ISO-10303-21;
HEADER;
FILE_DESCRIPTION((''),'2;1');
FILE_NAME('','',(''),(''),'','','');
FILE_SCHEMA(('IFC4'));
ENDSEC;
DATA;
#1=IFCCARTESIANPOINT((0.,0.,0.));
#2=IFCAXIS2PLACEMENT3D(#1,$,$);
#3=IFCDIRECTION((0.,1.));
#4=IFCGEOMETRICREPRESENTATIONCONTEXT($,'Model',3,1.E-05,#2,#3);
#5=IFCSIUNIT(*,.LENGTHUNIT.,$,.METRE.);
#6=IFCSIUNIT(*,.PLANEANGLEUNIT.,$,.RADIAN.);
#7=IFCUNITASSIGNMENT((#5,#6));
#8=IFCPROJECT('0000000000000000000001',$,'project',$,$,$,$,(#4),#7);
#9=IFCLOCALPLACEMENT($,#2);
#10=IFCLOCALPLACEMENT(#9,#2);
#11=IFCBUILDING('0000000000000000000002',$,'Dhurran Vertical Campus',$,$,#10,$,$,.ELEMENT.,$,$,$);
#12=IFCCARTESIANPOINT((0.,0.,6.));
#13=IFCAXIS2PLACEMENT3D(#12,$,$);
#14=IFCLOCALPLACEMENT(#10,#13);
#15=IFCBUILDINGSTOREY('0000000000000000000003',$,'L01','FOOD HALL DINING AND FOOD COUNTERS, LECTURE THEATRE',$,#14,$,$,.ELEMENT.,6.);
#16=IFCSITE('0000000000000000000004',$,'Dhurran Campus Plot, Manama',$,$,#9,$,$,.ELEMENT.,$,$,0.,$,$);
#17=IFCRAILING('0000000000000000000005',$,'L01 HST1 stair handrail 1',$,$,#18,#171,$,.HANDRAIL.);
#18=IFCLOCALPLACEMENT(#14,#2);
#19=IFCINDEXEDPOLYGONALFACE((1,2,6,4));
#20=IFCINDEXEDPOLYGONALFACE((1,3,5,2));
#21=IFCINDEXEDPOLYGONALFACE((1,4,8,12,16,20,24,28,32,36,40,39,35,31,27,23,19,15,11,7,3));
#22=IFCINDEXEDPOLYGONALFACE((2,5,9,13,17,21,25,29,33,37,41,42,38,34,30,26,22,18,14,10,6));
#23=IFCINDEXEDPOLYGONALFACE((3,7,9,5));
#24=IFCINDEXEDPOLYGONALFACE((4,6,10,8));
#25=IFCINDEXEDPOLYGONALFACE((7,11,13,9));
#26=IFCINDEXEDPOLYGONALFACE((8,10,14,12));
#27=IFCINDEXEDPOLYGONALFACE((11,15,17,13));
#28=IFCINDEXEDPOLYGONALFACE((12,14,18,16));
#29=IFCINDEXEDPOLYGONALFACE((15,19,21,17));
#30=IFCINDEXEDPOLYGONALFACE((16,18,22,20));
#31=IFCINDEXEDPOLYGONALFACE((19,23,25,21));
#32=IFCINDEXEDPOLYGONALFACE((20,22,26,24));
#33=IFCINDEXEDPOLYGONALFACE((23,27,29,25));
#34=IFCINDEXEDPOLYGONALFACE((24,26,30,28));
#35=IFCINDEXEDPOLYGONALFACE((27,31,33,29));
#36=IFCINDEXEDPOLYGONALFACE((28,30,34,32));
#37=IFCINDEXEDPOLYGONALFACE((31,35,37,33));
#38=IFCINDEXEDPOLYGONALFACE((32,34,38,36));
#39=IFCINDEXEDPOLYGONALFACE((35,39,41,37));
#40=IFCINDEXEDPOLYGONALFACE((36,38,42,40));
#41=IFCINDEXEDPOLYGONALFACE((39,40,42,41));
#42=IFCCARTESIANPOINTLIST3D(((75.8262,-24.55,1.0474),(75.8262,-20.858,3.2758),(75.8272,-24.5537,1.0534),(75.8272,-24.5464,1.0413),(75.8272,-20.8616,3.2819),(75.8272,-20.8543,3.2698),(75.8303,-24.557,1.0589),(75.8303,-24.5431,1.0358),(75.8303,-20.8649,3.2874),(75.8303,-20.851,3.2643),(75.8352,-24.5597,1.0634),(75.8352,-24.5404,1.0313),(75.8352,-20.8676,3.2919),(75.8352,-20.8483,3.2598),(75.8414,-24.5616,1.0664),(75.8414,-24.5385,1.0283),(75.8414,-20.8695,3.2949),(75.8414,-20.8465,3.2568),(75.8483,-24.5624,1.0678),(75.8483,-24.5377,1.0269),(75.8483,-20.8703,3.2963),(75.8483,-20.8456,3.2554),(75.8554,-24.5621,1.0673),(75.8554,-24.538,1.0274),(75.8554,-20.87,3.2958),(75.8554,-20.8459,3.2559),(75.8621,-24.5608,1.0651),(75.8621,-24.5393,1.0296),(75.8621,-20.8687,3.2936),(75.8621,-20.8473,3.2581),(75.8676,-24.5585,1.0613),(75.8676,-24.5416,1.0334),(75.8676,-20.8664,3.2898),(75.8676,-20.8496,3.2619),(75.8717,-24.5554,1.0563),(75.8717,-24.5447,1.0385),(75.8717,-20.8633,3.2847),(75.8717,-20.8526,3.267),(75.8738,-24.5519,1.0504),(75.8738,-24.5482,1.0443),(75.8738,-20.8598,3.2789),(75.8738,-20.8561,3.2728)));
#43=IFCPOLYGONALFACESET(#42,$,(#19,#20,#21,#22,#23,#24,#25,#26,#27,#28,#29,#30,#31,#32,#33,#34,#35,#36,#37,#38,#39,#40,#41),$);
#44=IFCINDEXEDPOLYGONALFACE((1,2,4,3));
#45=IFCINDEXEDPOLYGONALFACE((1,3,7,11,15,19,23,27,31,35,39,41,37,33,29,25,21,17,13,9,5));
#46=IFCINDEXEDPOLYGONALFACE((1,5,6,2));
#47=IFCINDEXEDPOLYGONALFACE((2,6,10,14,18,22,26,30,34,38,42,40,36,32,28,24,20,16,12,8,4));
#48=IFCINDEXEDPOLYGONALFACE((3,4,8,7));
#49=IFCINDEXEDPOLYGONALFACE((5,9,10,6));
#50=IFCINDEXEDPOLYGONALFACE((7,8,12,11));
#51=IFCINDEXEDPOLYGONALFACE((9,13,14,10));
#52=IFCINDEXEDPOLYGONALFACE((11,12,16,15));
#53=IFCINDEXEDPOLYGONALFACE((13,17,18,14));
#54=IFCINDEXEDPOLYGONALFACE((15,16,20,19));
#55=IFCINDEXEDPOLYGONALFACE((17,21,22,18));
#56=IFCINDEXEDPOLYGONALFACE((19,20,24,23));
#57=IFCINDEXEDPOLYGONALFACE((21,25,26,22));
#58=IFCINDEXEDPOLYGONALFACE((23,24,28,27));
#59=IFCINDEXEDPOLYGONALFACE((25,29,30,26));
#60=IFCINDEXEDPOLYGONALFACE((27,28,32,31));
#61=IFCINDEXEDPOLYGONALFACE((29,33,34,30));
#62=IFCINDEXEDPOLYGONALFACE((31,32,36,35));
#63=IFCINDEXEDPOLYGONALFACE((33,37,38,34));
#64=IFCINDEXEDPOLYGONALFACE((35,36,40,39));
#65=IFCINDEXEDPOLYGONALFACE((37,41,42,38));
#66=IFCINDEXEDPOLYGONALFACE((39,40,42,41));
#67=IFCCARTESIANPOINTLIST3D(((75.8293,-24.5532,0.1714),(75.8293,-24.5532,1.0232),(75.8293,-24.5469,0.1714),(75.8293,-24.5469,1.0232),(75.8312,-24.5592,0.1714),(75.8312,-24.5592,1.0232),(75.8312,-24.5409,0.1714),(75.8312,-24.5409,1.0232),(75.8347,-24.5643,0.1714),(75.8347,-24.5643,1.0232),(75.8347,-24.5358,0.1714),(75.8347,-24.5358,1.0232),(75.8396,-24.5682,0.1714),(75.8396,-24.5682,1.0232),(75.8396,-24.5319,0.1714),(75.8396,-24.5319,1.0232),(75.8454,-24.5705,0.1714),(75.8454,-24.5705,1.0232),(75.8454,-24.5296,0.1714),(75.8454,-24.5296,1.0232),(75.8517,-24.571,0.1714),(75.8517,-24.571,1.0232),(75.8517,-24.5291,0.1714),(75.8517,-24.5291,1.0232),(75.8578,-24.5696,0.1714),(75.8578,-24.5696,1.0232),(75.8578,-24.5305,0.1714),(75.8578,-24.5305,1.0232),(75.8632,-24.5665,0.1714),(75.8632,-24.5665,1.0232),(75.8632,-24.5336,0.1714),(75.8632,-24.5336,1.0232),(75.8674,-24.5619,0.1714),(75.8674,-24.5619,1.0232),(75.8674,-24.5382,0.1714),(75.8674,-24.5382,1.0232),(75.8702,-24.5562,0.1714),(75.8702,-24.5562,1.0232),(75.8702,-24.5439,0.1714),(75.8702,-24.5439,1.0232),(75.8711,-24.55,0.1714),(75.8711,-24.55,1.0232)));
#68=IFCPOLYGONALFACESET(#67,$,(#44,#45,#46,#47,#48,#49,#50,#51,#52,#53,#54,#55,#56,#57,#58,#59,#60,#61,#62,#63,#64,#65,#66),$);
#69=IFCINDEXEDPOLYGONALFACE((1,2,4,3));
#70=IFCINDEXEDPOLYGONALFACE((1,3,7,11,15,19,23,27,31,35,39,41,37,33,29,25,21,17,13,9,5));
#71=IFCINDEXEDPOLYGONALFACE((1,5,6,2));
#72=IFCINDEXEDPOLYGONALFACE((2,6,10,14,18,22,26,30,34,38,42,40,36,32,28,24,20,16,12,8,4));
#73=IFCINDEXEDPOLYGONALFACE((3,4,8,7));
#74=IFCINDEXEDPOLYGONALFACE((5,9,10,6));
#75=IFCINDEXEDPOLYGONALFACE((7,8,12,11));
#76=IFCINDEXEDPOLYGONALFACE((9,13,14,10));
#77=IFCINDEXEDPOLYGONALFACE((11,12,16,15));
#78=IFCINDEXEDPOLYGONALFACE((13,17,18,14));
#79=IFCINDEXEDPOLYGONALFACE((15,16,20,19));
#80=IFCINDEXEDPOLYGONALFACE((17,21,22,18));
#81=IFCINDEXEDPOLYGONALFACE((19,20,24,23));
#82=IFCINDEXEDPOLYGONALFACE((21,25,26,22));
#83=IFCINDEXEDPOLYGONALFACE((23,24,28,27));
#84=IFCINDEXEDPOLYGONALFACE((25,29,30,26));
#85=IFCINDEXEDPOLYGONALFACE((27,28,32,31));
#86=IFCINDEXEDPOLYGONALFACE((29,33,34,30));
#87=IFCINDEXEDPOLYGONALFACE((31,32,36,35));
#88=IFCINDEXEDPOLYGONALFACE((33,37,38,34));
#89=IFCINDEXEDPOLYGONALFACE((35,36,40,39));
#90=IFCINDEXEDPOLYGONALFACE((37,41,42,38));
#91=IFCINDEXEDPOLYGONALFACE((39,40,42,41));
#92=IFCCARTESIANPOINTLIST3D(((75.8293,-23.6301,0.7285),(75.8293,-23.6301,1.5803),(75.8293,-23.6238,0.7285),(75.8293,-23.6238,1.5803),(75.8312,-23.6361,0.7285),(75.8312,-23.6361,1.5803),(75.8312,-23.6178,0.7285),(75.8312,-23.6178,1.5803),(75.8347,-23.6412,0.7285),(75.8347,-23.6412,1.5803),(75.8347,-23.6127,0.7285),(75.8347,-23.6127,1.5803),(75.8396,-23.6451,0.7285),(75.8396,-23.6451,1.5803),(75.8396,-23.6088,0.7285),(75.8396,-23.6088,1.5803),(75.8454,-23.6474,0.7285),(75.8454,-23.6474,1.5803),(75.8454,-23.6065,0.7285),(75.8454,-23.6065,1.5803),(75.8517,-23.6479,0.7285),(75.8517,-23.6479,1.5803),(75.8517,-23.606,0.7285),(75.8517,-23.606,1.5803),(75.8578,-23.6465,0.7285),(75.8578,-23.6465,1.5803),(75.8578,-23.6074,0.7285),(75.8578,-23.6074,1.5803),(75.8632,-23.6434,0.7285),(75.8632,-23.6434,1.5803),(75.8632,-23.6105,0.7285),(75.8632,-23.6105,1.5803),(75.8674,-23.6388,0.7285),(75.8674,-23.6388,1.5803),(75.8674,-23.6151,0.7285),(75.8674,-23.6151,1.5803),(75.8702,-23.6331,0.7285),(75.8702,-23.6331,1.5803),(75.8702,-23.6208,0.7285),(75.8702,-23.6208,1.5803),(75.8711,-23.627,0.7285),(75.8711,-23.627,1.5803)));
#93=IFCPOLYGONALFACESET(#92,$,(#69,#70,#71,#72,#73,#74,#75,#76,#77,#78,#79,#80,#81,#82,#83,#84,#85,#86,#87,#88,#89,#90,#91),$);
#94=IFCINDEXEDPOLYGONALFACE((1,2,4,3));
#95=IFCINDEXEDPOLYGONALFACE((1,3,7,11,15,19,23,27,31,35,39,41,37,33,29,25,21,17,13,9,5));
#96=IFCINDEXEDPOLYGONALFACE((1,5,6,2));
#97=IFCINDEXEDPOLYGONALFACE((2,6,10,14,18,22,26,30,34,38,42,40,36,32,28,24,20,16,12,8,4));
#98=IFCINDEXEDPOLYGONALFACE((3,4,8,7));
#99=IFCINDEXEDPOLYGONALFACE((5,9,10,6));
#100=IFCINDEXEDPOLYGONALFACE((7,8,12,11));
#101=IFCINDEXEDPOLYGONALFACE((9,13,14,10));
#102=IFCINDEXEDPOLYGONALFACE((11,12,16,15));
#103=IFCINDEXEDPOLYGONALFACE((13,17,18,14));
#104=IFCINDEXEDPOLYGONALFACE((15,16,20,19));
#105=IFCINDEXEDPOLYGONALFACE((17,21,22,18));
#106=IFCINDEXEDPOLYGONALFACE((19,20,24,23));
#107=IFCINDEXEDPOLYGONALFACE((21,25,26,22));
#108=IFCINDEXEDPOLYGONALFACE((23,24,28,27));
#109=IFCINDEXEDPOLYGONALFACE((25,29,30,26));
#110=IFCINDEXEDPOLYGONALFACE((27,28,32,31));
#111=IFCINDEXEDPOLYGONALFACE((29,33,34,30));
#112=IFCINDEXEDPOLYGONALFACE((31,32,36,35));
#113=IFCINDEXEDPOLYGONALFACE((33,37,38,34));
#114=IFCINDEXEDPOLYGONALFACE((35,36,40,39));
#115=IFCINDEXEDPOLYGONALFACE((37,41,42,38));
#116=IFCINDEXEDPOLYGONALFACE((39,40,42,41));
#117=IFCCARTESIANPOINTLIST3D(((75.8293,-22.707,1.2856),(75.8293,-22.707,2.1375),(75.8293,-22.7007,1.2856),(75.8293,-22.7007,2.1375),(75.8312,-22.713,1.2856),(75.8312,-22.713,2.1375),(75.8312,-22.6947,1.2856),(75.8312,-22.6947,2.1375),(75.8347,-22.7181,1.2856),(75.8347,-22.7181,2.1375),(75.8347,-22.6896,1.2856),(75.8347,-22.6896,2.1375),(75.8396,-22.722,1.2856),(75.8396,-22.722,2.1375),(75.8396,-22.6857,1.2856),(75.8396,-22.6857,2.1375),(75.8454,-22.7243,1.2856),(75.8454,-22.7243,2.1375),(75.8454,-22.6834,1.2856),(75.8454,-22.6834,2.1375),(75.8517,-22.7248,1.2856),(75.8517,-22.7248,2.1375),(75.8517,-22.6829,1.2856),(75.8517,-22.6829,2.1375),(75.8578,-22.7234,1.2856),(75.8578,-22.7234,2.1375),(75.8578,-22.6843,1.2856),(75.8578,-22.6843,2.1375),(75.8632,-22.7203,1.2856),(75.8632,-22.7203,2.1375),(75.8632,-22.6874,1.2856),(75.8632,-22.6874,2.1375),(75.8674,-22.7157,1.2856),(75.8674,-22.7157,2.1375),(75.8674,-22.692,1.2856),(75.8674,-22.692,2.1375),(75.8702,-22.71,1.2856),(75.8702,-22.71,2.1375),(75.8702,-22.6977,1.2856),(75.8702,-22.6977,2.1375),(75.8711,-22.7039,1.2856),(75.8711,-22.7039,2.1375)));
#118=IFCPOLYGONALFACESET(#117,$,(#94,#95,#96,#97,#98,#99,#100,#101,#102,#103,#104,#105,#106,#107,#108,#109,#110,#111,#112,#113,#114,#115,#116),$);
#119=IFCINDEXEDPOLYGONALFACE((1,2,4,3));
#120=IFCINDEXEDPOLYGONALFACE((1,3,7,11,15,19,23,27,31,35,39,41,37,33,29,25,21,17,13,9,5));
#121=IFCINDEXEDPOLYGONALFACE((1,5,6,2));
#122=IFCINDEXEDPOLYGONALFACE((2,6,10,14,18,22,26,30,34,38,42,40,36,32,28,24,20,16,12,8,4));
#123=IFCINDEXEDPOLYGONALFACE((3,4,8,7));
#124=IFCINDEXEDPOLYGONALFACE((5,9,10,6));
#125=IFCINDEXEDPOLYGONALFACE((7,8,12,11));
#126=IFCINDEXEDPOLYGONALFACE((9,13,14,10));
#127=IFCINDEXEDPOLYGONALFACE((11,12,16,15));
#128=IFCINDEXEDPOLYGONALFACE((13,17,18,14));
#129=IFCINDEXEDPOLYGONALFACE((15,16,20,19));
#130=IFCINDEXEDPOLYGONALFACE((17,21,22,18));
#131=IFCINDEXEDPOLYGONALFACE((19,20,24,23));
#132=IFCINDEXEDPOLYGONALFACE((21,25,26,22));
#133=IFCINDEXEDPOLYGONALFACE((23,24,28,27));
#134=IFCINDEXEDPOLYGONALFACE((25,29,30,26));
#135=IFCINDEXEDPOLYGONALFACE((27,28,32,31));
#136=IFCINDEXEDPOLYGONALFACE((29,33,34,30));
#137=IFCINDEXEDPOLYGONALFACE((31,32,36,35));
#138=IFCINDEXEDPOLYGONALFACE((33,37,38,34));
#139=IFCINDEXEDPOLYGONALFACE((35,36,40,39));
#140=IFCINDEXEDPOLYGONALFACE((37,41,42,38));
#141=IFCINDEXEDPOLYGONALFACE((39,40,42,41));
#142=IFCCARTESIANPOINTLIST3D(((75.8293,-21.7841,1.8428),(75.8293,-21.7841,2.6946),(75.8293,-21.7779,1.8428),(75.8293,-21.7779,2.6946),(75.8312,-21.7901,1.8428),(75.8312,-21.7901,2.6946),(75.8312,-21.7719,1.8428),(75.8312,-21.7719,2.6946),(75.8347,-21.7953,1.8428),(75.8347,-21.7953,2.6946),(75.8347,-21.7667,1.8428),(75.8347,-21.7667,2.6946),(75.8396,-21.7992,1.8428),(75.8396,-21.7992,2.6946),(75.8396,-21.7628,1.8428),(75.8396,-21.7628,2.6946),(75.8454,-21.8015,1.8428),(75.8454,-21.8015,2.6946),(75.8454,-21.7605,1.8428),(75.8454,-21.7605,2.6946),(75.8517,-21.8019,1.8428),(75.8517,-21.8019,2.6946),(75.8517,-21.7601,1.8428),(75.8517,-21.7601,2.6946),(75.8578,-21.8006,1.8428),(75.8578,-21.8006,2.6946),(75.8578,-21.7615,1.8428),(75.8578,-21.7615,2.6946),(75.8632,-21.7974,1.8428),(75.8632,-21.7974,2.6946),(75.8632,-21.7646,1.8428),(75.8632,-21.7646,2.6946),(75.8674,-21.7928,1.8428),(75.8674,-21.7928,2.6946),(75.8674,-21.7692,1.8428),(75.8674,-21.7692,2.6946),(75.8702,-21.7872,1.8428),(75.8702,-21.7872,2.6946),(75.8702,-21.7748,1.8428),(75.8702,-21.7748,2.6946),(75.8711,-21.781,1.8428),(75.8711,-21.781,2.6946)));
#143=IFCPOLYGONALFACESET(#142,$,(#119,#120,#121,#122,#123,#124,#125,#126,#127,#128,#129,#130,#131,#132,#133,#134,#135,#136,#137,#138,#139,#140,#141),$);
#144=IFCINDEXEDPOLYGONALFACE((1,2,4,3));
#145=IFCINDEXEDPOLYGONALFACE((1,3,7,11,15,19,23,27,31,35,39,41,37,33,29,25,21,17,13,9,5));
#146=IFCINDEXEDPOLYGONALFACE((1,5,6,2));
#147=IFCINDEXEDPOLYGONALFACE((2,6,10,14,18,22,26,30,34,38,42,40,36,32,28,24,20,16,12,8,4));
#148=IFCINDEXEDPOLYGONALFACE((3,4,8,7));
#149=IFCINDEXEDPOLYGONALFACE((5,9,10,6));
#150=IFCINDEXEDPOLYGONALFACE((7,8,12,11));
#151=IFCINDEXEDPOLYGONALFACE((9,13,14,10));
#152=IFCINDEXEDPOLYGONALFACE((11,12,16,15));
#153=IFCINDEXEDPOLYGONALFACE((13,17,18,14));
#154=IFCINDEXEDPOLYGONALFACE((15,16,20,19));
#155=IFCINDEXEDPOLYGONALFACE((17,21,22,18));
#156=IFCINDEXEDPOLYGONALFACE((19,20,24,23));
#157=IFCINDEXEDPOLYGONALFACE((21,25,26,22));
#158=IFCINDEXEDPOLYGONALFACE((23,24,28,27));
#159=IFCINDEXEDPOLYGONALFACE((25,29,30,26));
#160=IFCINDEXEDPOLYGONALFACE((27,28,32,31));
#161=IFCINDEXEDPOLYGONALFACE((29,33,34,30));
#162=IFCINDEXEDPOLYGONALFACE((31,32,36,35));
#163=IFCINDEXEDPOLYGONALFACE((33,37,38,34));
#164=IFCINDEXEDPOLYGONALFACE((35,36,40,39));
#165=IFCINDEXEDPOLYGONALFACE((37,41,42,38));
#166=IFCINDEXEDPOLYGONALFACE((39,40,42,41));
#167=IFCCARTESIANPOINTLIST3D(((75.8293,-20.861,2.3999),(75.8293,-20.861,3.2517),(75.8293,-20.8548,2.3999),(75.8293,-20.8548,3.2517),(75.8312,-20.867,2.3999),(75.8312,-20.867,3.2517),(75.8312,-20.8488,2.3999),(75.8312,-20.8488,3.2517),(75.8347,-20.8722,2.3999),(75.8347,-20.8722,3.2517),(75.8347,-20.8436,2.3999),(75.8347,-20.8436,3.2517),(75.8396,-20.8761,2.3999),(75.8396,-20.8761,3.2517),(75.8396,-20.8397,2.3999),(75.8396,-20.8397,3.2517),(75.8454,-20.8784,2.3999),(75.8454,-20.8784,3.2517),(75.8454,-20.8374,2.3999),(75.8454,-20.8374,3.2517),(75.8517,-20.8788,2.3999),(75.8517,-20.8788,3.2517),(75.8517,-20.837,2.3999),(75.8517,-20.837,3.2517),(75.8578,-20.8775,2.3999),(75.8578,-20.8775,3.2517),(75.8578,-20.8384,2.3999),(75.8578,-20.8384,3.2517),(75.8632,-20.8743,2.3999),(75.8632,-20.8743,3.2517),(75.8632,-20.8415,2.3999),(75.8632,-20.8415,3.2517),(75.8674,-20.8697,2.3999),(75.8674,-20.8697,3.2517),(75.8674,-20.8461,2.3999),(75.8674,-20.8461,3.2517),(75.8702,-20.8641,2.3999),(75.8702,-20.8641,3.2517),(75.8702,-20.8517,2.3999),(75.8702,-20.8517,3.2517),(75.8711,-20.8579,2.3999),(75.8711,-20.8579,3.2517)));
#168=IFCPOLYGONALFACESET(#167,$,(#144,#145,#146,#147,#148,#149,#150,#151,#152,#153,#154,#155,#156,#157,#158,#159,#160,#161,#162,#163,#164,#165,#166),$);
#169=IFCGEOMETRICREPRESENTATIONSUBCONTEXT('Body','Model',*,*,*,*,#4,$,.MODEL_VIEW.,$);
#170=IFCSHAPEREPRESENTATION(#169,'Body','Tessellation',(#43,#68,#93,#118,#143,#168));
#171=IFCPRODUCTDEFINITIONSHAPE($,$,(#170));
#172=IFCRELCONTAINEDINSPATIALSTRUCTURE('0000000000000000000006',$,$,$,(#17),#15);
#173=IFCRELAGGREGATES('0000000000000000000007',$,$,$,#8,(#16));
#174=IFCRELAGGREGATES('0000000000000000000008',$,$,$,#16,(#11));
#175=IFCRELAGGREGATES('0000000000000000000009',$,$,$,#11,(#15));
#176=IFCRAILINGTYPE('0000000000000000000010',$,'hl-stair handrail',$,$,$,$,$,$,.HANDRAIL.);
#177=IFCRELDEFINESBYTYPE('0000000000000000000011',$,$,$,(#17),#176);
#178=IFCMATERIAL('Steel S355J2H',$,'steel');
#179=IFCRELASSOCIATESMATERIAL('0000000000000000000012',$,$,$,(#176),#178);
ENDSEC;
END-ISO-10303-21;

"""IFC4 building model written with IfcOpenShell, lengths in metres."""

from ifc_helpers import new_model, si_unit, direction, frame, origin, origin_2d, place, context, subcontext, project, spatial, circle, extrude, material, type_object, element, save


model = new_model("IFC4")

# Units and contexts
model_context = context("Model", 3, precision=1e-05, world=origin(), true_north=direction((0.0, 1.0)))
body_context = subcontext(model_context, "Body", "Model", "MODEL_VIEW")
ifc_project = project(units=[si_unit("LENGTHUNIT", "METRE"), si_unit("PLANEANGLEUNIT", "RADIAN")], contexts=[model_context])

# Site, building, storey
site_placement = place(None, origin())
site = spatial("IfcSite", under=ifc_project, at=site_placement, Name="Dhurran Campus Plot, Manama", CompositionType="ELEMENT", RefElevation=0.0)
building_placement = place(site_placement, origin())
building = spatial("IfcBuilding", under=site, at=building_placement, Name="Dhurran Vertical Campus", CompositionType="ELEMENT")
storey_placement = place(building_placement, frame((0.0, 0.0, 6.0)))
storey = spatial("IfcBuildingStorey", under=building, at=storey_placement, Name="L01", Description="FOOD HALL DINING AND FOOD COUNTERS, LECTURE THEATRE", CompositionType="ELEMENT", Elevation=6.0)

# Railing
ifc_material_1 = material(Name="Steel S355J2H", Category="steel")
railing_type_1 = type_object("IfcRailingType", Name="hl-stair handrail", PredefinedType="HANDRAIL", material=ifc_material_1)
railing_1_placement = place(storey_placement, frame((75.8501, -24.55, 0.1714)))
element("IfcRailing", 1, at=railing_1_placement, inside=storey, type_object=railing_type_1, Name="L01 HST1 stair handrail 1", PredefinedType="HANDRAIL", context=body_context, shape_type="SweptSolid", body=[
    extrude(circle(Radius=0.0239, at=origin_2d()), frame((0.0, 0.0, 0.876), z_axis=(0.0, 0.856136, 0.51675), x_axis=(-1.0, 0.0, 0.0)), (0.0, 0.0, 1.0), 4.3125),
    extrude(circle(Radius=0.021, at=origin_2d()), origin(), (0.0, 0.0, 1.0), 0.8518),
    extrude(circle(Radius=0.021, at=origin_2d()), frame((0.0, 0.9231, 0.5571)), (0.0, 0.0, 1.0), 0.8518),
    extrude(circle(Radius=0.021, at=origin_2d()), frame((0.0, 1.8462, 1.1143)), (0.0, 0.0, 1.0), 0.8518),
    extrude(circle(Radius=0.021, at=origin_2d()), frame((0.0, 2.769, 1.6714)), (0.0, 0.0, 1.0), 0.8518),
    extrude(circle(Radius=0.021, at=origin_2d()), frame((0.0, 3.6921, 2.2285)), (0.0, 0.0, 1.0), 0.8518),
])

save(model, "model.ifc")
